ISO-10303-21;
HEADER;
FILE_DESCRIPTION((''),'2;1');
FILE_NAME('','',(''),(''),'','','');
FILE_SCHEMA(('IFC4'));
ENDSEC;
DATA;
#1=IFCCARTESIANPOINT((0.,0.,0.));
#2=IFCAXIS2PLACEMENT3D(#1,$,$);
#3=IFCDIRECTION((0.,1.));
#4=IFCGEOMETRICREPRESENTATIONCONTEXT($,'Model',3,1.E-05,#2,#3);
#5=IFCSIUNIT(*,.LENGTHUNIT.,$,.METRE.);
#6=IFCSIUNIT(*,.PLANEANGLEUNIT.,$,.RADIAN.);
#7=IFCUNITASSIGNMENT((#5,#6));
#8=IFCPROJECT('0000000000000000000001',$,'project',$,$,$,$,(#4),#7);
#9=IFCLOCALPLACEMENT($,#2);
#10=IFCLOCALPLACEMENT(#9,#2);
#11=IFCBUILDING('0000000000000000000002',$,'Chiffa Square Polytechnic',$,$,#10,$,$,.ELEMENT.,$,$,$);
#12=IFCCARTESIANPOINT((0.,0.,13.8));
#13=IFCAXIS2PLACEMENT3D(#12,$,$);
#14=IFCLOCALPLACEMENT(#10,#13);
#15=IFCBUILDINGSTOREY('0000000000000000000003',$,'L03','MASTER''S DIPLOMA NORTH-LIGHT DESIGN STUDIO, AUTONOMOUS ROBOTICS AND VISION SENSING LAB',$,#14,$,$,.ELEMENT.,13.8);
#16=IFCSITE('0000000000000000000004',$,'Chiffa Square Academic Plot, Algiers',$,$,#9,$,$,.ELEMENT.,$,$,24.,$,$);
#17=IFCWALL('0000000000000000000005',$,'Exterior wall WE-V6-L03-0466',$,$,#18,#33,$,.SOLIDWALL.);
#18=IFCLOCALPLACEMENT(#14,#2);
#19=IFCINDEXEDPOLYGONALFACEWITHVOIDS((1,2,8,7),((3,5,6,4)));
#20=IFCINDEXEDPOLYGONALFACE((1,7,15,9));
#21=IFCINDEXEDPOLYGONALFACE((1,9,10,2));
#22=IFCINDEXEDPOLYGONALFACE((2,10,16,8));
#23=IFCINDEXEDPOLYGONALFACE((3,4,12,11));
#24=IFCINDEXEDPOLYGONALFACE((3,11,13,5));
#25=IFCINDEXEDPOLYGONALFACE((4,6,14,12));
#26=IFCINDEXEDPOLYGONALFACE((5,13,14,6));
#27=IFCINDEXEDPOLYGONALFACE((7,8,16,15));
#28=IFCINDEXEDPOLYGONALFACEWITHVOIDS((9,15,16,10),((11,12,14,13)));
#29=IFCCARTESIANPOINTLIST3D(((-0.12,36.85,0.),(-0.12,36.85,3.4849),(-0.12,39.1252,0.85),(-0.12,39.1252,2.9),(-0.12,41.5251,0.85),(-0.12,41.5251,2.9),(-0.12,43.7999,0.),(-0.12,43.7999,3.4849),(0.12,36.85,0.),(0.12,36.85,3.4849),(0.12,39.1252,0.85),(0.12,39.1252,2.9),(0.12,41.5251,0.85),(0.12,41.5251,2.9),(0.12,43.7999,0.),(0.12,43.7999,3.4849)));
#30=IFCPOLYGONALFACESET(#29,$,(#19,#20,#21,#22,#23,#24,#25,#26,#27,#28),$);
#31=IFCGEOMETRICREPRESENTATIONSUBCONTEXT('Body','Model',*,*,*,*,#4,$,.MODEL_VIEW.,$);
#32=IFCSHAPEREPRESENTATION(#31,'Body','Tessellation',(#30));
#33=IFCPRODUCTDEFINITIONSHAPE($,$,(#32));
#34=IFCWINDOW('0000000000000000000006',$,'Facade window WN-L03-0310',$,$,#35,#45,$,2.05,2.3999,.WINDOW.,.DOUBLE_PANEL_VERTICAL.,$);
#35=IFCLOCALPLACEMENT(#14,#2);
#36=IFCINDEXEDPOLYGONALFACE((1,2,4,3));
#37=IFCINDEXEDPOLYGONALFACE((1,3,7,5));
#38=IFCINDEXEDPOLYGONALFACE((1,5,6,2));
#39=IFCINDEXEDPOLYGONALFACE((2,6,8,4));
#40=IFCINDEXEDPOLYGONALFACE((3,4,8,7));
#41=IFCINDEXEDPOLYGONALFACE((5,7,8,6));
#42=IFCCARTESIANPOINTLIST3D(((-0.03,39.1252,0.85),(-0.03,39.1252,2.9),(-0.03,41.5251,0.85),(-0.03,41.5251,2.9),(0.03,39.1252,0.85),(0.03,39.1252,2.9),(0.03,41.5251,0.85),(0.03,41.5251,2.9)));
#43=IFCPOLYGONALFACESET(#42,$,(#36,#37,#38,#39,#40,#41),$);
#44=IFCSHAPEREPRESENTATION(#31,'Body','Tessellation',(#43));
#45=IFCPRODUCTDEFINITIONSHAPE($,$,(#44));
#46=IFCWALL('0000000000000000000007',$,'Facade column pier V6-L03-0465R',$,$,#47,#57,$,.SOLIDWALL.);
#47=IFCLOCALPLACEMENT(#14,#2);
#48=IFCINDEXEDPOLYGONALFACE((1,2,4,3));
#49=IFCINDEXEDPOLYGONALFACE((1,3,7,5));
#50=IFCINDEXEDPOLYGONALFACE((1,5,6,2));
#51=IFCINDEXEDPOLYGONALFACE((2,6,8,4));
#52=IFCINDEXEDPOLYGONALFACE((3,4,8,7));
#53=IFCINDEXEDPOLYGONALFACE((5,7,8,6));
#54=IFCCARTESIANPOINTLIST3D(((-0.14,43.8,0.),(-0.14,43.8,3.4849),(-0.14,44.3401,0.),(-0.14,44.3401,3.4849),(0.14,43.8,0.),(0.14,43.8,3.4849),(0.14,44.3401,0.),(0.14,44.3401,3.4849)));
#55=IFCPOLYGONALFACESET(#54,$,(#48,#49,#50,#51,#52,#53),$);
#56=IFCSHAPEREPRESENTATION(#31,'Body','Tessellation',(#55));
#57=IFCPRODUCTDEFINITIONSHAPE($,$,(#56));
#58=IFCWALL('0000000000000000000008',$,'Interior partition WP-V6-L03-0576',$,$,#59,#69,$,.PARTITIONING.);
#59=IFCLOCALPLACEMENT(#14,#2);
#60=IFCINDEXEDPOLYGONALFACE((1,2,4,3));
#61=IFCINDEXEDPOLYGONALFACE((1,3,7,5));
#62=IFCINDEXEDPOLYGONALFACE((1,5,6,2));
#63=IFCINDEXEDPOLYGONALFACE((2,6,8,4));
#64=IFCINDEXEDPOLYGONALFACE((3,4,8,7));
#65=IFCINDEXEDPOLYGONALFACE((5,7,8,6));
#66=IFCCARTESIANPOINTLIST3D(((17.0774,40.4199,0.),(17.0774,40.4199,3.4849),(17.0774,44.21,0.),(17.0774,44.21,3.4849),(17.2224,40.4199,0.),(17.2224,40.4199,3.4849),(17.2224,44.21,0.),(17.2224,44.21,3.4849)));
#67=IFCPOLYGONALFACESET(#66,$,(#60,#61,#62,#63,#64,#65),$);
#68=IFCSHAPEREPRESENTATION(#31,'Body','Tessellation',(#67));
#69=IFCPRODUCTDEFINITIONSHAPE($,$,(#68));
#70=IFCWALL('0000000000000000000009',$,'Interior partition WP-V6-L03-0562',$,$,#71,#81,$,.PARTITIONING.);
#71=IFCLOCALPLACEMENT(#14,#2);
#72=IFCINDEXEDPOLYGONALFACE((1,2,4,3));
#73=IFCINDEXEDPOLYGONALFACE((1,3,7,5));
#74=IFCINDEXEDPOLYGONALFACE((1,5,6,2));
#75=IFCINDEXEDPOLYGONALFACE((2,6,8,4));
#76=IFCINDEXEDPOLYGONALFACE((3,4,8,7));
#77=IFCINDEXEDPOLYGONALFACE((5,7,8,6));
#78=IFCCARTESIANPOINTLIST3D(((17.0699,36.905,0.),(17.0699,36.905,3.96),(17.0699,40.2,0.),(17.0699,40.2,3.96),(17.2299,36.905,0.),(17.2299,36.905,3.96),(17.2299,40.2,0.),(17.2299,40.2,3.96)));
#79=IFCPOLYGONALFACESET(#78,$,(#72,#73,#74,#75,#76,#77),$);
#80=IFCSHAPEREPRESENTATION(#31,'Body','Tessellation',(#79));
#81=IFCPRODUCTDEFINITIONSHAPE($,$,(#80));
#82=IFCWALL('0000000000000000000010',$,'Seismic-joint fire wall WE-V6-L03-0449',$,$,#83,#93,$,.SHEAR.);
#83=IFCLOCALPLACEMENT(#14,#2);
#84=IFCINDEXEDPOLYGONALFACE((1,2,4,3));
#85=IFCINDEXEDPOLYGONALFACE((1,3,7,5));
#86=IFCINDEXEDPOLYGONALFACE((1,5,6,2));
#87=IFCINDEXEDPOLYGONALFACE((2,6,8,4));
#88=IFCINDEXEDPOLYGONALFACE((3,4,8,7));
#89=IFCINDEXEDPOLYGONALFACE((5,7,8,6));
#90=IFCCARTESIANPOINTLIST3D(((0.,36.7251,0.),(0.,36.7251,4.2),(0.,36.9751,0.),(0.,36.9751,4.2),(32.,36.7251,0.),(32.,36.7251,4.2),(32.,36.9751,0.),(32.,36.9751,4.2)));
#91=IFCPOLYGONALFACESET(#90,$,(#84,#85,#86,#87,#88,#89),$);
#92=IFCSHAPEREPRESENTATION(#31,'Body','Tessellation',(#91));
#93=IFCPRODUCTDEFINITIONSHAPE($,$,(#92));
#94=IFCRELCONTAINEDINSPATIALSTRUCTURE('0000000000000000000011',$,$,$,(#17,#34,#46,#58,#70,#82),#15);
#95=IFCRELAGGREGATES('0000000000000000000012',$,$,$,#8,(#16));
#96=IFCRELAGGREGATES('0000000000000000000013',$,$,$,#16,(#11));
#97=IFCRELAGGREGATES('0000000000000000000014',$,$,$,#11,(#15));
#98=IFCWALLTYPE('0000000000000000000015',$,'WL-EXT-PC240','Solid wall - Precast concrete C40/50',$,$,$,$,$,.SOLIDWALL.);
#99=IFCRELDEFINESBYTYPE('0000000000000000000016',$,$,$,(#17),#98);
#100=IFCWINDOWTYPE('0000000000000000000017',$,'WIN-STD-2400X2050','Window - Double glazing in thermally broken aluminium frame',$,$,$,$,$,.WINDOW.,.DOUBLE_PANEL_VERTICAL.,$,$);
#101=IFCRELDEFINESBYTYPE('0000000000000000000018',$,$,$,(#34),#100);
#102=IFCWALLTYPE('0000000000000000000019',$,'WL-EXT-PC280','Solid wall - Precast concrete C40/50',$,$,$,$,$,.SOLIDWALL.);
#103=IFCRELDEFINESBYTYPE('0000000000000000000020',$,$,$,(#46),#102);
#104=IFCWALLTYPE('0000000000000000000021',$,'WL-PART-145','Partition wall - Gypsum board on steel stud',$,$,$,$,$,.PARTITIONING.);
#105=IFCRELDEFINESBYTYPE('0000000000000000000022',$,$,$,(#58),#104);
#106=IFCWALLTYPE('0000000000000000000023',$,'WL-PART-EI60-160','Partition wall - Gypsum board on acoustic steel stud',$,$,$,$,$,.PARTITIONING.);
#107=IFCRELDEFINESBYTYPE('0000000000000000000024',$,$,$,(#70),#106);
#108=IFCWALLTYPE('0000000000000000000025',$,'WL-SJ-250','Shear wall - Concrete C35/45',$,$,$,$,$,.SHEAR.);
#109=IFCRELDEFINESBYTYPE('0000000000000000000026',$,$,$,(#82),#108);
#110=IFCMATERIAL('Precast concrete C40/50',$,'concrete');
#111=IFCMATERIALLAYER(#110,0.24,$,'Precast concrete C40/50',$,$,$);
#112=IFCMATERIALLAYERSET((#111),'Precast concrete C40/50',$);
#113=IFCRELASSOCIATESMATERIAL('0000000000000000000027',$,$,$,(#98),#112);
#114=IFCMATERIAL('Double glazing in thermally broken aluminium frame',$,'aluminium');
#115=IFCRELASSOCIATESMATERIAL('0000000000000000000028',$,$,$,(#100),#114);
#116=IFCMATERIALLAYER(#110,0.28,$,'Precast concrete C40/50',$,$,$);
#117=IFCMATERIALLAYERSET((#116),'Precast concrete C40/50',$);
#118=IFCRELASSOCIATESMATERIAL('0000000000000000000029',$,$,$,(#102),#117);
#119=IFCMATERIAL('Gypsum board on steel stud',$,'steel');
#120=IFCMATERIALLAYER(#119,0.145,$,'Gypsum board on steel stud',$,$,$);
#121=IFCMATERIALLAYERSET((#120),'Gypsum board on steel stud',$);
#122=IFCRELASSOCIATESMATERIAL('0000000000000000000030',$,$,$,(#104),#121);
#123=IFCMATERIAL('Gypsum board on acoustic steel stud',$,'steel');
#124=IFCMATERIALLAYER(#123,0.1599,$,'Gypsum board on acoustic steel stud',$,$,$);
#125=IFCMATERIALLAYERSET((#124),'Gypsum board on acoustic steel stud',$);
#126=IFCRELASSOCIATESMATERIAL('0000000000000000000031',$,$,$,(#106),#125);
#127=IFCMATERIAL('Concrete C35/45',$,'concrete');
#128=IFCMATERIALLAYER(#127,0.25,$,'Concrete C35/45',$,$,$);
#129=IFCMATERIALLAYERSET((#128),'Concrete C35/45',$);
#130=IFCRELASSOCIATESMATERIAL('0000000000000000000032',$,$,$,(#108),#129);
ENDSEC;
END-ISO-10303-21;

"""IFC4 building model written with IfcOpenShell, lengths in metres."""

from ifc_helpers import new_model, si_unit, direction, frame, frame_2d, origin, place, context, subcontext, project, spatial, rectangle, extrude, material, layer, layer_set, type_object, element, fill, save


model = new_model("IFC4")

# Units and contexts
model_context = context("Model", 3, precision=1e-05, world=origin(), true_north=direction((0.0, 1.0)))
body_context = subcontext(model_context, "Body", "Model", "MODEL_VIEW")
ifc_project = project(units=[si_unit("LENGTHUNIT", "METRE"), si_unit("PLANEANGLEUNIT", "RADIAN")], contexts=[model_context])

# Site, building, storey
site_placement = place(None, origin())
site = spatial("IfcSite", under=ifc_project, at=site_placement, Name="Chiffa Square Academic Plot, Algiers", CompositionType="ELEMENT", RefElevation=24.0)
building_placement = place(site_placement, origin())
building = spatial("IfcBuilding", under=site, at=building_placement, Name="Chiffa Square Polytechnic", CompositionType="ELEMENT")
storey_placement = place(building_placement, frame((0.0, 0.0, 13.8)))
storey = spatial("IfcBuildingStorey", under=building, at=storey_placement, Name="L03", Description="MASTER'S DIPLOMA NORTH-LIGHT DESIGN STUDIO, AUTONOMOUS ROBOTICS AND VISION SENSING LAB", CompositionType="ELEMENT", Elevation=13.8)

# Shared definitions
ifc_material_1 = material(Name="Concrete C35/45", Category="concrete")

# Wall, opening, window
ifc_material_2 = material(Name="Precast concrete C40/50", Category="concrete")
ifc_layer_1 = layer(ifc_material_2, 0.24, Name="Precast concrete C40/50")
ifc_layer_set_1 = layer_set([ifc_layer_1], Name="Precast concrete C40/50")
wall_type_1 = type_object("IfcWallType", Name="WL-EXT-PC240", Description="Solid wall - Precast concrete C40/50", PredefinedType="SOLIDWALL", material=ifc_layer_set_1)
wall_1_placement = place(storey_placement, frame((0.0, 43.8, 0.0), z_axis=(0.0, 0.0, 1.0), x_axis=(0.0, -1.0, 0.0)))
wall_1 = element("IfcWall", 1, at=wall_1_placement, inside=storey, type_object=wall_type_1, Name="Exterior wall WE-V6-L03-0466", PredefinedType="SOLIDWALL", context=body_context, shape_type="SweptSolid", body=[
    extrude(rectangle(XDim=6.95, YDim=0.24, at=frame_2d((3.4751, 0.0))), origin(), (0.0, 0.0, 1.0), 3.4849),
])
opening_placement = place(wall_1_placement, frame((2.2749, 0.0, 0.8501)))
opening = element("IfcOpeningElement", 2, at=opening_placement, cuts=wall_1, PredefinedType="OPENING", context=body_context, shape_type="SweptSolid", body=[
    extrude(rectangle(XDim=2.3999, YDim=2.05, at=frame_2d((1.2, 1.0249))), frame((0.0, 0.1299, 0.0), z_axis=(0.0, -1.0, 0.0), x_axis=(1.0, 0.0, 0.0)), (0.0, 0.0, 1.0), 0.26),
])
ifc_material_3 = material(Name="Double glazing in thermally broken aluminium frame", Category="aluminium")
window_type = type_object("IfcWindowType", Name="WIN-STD-2400X2050", Description="Window - Double glazing in thermally broken aluminium frame", PartitioningType="DOUBLE_PANEL_VERTICAL", PredefinedType="WINDOW", material=ifc_material_3)
window_placement = place(opening_placement, origin())
window = element("IfcWindow", 3, at=window_placement, inside=storey, type_object=window_type, Name="Facade window WN-L03-0310", OverallHeight=2.05, OverallWidth=2.3999, PartitioningType="DOUBLE_PANEL_VERTICAL", PredefinedType="WINDOW", context=body_context, shape_type="SweptSolid", body=[
    extrude(rectangle(XDim=2.3999, YDim=2.05, at=frame_2d((1.2, 1.0249))), frame((0.0, 0.03, 0.0), z_axis=(0.0, -1.0, 0.0), x_axis=(1.0, 0.0, 0.0)), (0.0, 0.0, 1.0), 0.0601),
])
fill(opening, window)

# Walls
ifc_layer_2 = layer(ifc_material_2, 0.28, Name="Precast concrete C40/50")
ifc_layer_set_2 = layer_set([ifc_layer_2], Name="Precast concrete C40/50")
wall_type_2 = type_object("IfcWallType", Name="WL-EXT-PC280", Description="Solid wall - Precast concrete C40/50", PredefinedType="SOLIDWALL", material=ifc_layer_set_2)
wall_2_placement = place(storey_placement, frame((0.0, 44.3401, 0.0), z_axis=(0.0, 0.0, 1.0), x_axis=(0.0, -1.0, 0.0)))
element("IfcWall", 4, at=wall_2_placement, inside=storey, type_object=wall_type_2, Name="Facade column pier V6-L03-0465R", PredefinedType="SOLIDWALL", context=body_context, shape_type="SweptSolid", body=[
    extrude(rectangle(XDim=0.54, YDim=0.28, at=frame_2d((0.27, 0.0))), origin(), (0.0, 0.0, 1.0), 3.4849),
])
ifc_material_4 = material(Name="Gypsum board on steel stud", Category="steel")
ifc_layer_3 = layer(ifc_material_4, 0.145, Name="Gypsum board on steel stud")
ifc_layer_set_3 = layer_set([ifc_layer_3], Name="Gypsum board on steel stud")
wall_type_3 = type_object("IfcWallType", Name="WL-PART-145", Description="Partition wall - Gypsum board on steel stud", PredefinedType="PARTITIONING", material=ifc_layer_set_3)
wall_3_placement = place(storey_placement, frame((17.1499, 40.4199, 0.0), z_axis=(0.0, 0.0, 1.0), x_axis=(0.0, 1.0, 0.0)))
element("IfcWall", 5, at=wall_3_placement, inside=storey, type_object=wall_type_3, Name="Interior partition WP-V6-L03-0576", PredefinedType="PARTITIONING", context=body_context, shape_type="SweptSolid", body=[
    extrude(rectangle(XDim=3.79, YDim=0.145, at=frame_2d((1.895, 0.0))), origin(), (0.0, 0.0, 1.0), 3.4849),
])
ifc_material_5 = material(Name="Gypsum board on acoustic steel stud", Category="steel")
ifc_layer_4 = layer(ifc_material_5, 0.1599, Name="Gypsum board on acoustic steel stud")
ifc_layer_set_4 = layer_set([ifc_layer_4], Name="Gypsum board on acoustic steel stud")
wall_type_4 = type_object("IfcWallType", Name="WL-PART-EI60-160", Description="Partition wall - Gypsum board on acoustic steel stud", PredefinedType="PARTITIONING", material=ifc_layer_set_4)
wall_4_placement = place(storey_placement, frame((17.1499, 36.905, 0.0), z_axis=(0.0, 0.0, 1.0), x_axis=(0.0, 1.0, 0.0)))
element("IfcWall", 6, at=wall_4_placement, inside=storey, type_object=wall_type_4, Name="Interior partition WP-V6-L03-0562", PredefinedType="PARTITIONING", context=body_context, shape_type="SweptSolid", body=[
    extrude(rectangle(XDim=3.2949, YDim=0.1599, at=frame_2d((1.6475, 0.0))), origin(), (0.0, 0.0, 1.0), 3.96),
])
ifc_layer_5 = layer(ifc_material_1, 0.25, Name="Concrete C35/45")
ifc_layer_set_5 = layer_set([ifc_layer_5], Name="Concrete C35/45")
wall_type_5 = type_object("IfcWallType", Name="WL-SJ-250", Description="Shear wall - Concrete C35/45", PredefinedType="SHEAR", material=ifc_layer_set_5)
wall_5_placement = place(storey_placement, frame((0.0, 36.8501, 0.0), z_axis=(0.0, 0.0, 1.0), x_axis=(1.0, 0.0, 0.0)))
element("IfcWall", 7, at=wall_5_placement, inside=storey, type_object=wall_type_5, Name="Seismic-joint fire wall WE-V6-L03-0449", PredefinedType="SHEAR", context=body_context, shape_type="SweptSolid", body=[
    extrude(rectangle(XDim=32.0, YDim=0.25, at=frame_2d((16.0, 0.0))), origin(), (0.0, 0.0, 1.0), 4.2),
])

save(model, "model.ifc")
